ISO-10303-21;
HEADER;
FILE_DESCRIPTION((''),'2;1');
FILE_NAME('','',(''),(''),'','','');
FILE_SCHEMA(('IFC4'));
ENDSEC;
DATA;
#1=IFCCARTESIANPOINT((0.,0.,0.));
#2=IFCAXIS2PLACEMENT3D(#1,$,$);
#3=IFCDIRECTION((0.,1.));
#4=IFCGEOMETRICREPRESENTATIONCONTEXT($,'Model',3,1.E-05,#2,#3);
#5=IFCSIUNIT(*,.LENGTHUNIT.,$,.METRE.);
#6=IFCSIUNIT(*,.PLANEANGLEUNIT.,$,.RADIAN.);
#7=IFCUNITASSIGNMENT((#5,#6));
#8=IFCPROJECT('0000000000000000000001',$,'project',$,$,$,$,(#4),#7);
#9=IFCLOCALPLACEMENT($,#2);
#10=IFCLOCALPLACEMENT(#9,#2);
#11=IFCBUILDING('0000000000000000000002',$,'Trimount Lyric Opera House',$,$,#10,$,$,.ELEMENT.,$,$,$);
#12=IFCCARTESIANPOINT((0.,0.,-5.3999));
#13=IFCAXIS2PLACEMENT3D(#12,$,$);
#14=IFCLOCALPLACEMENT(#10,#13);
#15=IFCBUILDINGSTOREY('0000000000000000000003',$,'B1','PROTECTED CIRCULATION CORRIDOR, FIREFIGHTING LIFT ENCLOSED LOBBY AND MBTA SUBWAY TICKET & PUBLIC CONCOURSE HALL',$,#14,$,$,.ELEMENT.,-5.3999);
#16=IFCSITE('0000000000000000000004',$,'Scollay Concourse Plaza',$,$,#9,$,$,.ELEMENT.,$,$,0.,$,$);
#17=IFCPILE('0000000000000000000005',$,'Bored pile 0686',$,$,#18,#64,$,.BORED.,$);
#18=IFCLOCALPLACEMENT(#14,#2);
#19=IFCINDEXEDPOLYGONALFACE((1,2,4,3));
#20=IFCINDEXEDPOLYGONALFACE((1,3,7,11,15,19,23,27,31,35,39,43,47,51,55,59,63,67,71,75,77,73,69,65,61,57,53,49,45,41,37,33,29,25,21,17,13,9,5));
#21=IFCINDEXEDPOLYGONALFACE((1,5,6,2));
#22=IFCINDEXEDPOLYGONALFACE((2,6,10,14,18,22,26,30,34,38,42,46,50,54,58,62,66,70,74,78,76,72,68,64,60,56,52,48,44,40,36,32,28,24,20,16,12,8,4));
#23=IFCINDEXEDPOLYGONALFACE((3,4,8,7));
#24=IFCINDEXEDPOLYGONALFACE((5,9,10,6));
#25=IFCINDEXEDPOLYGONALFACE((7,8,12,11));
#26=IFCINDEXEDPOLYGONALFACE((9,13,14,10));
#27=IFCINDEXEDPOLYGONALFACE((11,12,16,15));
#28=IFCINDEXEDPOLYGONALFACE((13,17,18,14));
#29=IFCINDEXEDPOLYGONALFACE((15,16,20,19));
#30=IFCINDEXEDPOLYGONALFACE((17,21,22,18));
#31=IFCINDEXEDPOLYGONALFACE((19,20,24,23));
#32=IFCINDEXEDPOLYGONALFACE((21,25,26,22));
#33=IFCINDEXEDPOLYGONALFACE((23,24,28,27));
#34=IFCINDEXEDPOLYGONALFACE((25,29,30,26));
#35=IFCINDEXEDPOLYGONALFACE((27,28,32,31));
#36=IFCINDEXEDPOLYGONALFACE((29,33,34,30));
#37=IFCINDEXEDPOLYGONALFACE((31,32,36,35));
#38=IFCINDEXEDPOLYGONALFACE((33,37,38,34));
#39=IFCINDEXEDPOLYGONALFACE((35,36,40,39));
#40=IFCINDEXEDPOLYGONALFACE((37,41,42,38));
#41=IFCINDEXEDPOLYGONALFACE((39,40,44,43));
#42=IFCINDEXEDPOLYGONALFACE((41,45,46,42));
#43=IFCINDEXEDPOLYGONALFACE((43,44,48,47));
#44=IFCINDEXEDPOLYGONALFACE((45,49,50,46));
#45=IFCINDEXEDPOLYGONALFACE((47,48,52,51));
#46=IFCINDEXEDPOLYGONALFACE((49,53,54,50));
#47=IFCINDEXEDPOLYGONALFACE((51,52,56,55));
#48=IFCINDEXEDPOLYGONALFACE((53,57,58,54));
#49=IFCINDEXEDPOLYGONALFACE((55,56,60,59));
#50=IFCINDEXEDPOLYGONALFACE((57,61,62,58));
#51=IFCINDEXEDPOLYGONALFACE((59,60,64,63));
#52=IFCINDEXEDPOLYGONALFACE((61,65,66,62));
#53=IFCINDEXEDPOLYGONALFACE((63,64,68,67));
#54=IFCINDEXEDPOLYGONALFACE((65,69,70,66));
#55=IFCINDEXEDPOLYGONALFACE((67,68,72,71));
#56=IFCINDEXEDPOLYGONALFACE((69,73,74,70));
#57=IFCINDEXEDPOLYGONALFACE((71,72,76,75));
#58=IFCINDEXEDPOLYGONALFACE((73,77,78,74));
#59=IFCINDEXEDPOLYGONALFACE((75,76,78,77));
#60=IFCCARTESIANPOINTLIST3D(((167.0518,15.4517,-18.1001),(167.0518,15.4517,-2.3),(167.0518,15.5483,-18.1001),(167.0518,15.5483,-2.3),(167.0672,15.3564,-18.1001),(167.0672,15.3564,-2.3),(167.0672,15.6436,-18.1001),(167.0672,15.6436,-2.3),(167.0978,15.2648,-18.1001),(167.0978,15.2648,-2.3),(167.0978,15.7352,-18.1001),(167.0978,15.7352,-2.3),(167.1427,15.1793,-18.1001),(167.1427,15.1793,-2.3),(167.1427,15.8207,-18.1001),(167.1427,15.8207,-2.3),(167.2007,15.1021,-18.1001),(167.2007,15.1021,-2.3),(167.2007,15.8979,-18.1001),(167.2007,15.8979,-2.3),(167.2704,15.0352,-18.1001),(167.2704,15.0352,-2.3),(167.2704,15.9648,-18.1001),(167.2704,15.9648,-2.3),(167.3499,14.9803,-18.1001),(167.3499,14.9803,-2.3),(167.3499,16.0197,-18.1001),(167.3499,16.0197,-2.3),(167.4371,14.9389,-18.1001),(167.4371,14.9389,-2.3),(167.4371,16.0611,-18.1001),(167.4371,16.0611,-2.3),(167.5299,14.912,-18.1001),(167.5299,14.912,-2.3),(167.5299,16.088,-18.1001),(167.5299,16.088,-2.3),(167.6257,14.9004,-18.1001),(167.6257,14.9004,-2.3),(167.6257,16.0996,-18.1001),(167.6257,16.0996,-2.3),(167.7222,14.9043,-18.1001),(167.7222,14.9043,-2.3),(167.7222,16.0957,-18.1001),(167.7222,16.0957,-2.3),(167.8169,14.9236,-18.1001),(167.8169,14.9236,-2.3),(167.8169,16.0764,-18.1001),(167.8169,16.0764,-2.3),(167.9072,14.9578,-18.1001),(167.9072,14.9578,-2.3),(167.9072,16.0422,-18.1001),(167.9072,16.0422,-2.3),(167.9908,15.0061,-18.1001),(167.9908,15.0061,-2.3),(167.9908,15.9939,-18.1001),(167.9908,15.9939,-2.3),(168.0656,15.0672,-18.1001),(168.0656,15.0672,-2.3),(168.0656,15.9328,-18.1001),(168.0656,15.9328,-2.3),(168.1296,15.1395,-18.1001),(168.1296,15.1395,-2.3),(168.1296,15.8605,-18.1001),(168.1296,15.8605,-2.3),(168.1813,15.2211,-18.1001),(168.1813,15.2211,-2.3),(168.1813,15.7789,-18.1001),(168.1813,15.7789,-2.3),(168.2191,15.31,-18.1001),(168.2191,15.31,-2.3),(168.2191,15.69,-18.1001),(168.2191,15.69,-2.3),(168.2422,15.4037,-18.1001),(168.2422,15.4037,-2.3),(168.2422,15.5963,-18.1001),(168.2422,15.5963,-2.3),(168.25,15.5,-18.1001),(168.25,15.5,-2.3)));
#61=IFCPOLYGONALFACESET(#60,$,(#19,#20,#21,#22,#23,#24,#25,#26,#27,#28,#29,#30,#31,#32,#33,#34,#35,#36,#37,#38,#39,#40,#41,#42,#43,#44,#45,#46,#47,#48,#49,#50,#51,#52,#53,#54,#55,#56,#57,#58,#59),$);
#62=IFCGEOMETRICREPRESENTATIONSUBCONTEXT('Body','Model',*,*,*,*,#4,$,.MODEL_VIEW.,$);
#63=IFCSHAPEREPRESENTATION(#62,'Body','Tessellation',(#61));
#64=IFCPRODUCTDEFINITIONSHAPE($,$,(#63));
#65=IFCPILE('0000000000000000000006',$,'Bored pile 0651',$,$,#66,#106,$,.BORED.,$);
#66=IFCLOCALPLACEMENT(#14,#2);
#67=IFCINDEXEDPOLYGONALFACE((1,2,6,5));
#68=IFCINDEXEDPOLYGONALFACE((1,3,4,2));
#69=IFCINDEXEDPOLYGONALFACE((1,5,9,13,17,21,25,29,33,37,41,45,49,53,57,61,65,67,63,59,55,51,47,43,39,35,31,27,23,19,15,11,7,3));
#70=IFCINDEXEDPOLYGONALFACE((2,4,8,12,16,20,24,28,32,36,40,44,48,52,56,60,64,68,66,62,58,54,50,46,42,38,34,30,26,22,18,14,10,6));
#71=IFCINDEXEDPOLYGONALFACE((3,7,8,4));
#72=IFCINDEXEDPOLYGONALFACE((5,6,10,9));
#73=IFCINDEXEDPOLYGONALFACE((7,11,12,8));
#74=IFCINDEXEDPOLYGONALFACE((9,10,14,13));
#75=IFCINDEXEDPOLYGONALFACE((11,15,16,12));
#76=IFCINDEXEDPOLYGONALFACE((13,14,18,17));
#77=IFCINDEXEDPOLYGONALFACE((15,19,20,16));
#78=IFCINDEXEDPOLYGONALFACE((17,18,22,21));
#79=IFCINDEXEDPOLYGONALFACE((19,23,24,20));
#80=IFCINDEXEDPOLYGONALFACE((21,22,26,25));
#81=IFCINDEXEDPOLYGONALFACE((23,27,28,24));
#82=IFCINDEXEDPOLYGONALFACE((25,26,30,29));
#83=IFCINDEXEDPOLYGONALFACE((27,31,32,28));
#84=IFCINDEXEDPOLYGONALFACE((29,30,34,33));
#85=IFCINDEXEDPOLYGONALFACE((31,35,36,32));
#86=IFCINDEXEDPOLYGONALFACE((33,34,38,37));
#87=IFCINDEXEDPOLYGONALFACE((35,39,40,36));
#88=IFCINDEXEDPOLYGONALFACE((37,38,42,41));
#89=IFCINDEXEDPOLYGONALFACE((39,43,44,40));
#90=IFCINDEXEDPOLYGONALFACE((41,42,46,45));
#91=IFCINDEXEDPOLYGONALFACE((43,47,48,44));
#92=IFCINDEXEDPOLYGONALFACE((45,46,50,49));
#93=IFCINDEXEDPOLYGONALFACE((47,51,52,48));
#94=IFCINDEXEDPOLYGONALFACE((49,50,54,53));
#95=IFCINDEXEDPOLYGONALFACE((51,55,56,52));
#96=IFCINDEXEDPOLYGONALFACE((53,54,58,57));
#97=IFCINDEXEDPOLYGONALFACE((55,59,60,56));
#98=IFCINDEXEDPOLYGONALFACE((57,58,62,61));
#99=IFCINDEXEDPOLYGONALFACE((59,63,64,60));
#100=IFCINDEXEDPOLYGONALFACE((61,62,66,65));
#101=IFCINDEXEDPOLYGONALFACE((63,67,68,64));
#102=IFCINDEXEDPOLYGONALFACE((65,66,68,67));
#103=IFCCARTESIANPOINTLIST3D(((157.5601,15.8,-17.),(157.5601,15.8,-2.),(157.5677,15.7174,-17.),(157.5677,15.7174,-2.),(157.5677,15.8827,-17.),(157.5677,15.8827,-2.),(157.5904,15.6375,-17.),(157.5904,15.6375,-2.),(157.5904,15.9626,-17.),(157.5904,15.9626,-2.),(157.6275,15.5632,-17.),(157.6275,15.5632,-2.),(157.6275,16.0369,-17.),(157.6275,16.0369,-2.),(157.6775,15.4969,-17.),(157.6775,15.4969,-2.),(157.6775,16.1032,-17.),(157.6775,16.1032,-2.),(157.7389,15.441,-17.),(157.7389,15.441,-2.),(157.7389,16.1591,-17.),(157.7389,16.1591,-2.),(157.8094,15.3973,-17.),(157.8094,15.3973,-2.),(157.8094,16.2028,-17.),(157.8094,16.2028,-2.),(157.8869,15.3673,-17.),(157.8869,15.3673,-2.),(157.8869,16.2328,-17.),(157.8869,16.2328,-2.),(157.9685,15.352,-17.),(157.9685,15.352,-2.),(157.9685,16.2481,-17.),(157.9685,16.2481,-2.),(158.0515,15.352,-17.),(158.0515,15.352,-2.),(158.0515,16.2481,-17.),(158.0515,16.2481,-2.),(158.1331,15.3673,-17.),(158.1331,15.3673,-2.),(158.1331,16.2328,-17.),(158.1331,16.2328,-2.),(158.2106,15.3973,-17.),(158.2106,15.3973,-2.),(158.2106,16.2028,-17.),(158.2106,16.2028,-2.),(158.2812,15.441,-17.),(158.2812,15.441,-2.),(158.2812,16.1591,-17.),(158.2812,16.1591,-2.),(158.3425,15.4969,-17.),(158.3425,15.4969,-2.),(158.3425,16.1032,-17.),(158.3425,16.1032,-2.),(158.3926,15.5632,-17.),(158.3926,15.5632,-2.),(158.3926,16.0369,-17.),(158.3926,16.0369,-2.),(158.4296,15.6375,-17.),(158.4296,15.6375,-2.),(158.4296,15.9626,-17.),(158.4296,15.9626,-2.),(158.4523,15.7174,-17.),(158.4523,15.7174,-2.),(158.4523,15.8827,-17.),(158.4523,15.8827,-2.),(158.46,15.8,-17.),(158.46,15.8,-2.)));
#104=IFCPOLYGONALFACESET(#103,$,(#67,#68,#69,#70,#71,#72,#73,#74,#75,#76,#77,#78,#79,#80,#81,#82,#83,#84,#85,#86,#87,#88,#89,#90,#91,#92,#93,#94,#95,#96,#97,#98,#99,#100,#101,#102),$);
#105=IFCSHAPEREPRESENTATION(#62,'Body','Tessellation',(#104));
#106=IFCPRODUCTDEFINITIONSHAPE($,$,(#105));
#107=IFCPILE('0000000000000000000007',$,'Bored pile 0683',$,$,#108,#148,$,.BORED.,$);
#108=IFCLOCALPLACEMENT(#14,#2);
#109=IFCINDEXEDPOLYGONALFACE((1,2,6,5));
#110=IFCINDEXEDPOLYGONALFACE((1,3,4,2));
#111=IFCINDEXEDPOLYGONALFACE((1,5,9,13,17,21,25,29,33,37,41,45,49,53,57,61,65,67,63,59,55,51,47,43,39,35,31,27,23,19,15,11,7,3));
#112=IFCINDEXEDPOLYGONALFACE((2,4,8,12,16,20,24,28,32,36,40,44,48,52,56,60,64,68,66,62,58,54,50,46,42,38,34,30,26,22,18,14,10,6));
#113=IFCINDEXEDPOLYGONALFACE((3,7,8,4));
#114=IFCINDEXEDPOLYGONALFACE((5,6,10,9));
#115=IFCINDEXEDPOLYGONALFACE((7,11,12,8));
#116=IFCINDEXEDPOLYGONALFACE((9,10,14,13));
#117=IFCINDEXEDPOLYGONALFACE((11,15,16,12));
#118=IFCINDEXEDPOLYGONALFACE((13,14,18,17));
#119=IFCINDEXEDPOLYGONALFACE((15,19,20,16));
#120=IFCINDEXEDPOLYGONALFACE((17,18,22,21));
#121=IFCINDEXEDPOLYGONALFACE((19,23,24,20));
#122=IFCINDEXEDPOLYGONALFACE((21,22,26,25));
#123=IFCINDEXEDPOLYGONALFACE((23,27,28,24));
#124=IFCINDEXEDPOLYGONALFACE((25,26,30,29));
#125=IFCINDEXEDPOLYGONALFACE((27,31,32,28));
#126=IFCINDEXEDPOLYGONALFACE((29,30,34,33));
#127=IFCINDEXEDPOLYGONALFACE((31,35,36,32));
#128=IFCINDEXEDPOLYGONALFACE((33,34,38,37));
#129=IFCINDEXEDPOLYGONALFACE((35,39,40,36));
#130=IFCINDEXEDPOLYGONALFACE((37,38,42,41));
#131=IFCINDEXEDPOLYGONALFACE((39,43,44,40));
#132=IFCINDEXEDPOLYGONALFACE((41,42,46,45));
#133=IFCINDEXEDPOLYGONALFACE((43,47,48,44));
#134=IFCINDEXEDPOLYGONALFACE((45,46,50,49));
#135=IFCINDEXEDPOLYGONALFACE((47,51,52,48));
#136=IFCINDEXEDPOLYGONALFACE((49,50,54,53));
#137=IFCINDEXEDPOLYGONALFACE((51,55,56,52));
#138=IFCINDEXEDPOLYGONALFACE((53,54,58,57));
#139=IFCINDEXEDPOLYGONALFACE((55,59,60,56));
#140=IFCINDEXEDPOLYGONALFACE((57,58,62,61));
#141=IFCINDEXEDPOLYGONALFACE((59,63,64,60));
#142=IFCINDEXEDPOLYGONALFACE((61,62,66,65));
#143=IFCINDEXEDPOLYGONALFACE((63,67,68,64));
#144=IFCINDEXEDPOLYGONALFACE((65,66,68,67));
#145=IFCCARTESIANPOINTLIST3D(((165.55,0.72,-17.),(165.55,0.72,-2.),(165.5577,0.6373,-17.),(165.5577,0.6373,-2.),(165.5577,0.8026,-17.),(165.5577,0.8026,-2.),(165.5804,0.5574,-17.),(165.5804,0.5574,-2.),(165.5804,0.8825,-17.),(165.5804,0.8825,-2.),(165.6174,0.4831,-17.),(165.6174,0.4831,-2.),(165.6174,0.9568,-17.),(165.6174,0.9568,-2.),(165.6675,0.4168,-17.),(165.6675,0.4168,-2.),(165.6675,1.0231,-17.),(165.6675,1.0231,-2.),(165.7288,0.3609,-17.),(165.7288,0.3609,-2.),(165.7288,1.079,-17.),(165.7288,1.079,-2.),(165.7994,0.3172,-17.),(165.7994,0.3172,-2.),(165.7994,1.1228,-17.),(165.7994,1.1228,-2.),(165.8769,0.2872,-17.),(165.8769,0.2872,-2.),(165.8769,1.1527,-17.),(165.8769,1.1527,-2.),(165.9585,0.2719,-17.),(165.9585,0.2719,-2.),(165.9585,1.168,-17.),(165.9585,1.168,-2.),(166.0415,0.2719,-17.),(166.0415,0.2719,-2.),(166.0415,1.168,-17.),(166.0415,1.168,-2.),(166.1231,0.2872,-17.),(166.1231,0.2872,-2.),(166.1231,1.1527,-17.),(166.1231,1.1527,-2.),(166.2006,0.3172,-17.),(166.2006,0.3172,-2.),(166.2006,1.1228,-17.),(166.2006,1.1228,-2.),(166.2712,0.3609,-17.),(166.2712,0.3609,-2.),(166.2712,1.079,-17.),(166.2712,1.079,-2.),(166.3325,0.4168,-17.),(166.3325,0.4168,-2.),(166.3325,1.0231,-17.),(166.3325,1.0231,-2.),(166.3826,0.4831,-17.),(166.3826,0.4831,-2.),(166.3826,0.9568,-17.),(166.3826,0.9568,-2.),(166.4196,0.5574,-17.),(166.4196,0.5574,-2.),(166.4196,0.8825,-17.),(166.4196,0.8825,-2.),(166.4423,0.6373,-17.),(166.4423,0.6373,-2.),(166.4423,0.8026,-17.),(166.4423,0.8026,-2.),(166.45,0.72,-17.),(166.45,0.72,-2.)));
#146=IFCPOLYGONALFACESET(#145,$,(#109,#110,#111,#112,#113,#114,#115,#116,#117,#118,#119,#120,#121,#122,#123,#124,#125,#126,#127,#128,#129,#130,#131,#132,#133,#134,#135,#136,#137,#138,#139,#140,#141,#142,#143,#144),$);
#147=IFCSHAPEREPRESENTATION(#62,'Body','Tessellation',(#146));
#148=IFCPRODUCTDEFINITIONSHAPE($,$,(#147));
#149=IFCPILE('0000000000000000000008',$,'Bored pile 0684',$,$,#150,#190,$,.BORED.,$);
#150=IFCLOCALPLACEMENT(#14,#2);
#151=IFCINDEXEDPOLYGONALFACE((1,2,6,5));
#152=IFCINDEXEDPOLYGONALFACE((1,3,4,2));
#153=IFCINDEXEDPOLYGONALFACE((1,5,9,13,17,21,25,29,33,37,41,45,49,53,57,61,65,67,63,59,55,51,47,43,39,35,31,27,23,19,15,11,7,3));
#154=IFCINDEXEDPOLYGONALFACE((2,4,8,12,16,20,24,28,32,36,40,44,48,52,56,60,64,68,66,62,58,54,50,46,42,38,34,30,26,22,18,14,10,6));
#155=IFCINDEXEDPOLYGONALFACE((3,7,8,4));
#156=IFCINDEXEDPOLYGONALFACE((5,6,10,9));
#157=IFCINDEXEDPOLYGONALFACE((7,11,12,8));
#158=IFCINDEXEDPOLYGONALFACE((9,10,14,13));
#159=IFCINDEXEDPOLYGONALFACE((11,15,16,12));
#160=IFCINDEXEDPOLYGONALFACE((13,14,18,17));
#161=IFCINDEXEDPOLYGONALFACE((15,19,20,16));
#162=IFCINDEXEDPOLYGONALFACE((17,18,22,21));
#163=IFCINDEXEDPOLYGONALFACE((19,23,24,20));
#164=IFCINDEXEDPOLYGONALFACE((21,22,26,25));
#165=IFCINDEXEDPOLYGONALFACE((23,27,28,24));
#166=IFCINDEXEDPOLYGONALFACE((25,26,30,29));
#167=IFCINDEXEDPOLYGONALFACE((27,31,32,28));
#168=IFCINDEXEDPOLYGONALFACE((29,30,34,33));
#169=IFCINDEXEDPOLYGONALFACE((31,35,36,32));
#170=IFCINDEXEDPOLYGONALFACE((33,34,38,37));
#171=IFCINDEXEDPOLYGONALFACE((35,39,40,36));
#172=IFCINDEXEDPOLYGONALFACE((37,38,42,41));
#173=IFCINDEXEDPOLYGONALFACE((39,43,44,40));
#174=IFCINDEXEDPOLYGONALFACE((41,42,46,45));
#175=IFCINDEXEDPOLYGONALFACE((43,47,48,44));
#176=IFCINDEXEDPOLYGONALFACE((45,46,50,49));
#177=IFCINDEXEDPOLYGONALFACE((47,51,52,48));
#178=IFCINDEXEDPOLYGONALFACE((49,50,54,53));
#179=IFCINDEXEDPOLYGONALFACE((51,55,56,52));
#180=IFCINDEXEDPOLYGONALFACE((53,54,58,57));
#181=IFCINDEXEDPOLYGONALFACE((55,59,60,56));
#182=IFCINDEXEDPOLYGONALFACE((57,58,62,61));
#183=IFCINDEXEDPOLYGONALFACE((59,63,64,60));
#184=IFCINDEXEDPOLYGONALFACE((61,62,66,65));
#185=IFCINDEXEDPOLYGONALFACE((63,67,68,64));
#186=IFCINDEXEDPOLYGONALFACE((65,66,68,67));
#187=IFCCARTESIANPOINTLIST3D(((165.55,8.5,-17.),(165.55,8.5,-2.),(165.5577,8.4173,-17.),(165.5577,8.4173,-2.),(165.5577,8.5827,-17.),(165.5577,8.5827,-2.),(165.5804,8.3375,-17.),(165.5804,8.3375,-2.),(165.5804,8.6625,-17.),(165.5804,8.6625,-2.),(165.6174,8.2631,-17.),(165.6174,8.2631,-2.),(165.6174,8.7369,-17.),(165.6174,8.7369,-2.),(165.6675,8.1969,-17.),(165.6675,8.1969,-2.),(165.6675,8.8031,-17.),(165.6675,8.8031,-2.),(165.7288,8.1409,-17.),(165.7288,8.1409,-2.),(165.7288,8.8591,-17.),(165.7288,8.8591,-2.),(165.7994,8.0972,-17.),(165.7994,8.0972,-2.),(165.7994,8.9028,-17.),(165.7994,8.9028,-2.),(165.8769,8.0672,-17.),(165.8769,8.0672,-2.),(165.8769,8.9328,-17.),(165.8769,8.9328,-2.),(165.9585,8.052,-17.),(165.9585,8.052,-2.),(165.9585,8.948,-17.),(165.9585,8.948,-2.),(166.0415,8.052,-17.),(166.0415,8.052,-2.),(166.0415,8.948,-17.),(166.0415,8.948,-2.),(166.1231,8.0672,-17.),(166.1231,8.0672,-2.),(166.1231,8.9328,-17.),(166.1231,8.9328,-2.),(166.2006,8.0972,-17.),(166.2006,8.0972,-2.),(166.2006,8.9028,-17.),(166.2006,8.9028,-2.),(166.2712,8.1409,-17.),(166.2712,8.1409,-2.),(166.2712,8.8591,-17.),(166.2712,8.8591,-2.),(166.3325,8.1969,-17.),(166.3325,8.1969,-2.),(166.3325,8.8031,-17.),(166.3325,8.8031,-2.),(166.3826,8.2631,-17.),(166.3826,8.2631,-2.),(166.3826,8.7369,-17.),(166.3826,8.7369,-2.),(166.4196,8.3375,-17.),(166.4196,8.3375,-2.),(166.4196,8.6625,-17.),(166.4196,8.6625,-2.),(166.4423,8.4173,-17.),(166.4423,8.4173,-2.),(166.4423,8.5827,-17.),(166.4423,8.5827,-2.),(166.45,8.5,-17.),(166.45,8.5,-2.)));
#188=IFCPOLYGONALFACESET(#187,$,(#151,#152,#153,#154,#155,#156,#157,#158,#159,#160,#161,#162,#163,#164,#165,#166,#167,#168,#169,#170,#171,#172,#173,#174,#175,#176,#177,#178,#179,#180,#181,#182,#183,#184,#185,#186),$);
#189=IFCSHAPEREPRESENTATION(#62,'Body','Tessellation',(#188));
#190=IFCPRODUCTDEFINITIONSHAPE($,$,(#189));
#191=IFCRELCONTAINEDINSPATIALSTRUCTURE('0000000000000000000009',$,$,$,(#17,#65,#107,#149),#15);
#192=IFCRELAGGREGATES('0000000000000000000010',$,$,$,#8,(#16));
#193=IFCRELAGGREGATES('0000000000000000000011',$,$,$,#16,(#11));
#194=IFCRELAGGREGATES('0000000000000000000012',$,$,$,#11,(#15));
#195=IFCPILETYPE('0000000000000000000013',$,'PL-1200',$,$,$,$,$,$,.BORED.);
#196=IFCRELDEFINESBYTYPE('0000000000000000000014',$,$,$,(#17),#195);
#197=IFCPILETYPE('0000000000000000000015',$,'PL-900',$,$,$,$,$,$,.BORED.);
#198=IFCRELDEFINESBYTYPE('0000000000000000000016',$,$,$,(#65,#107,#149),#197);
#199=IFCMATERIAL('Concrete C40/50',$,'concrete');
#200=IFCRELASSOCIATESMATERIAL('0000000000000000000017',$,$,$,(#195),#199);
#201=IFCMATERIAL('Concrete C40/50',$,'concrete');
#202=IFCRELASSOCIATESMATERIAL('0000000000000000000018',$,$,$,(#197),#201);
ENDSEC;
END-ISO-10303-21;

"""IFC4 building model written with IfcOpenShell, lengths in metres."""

from ifc_helpers import new_model, si_unit, direction, frame, origin, origin_2d, place, context, subcontext, project, spatial, circle, extrude, material, material_profile, profile_set, type_object, element, save


model = new_model("IFC4")

# Units and contexts
model_context = context("Model", 3, precision=1e-05, world=origin(), true_north=direction((0.0, 1.0)))
body_context = subcontext(model_context, "Body", "Model", "MODEL_VIEW")
ifc_project = project(units=[si_unit("LENGTHUNIT", "METRE"), si_unit("PLANEANGLEUNIT", "RADIAN")], contexts=[model_context])

# Site, building, storey
site_placement = place(None, origin())
site = spatial("IfcSite", under=ifc_project, at=site_placement, Name="Scollay Concourse Plaza", CompositionType="ELEMENT", RefElevation=0.0)
building_placement = place(site_placement, origin())
building = spatial("IfcBuilding", under=site, at=building_placement, Name="Trimount Lyric Opera House", CompositionType="ELEMENT")
storey_placement = place(building_placement, frame((0.0, 0.0, -5.3999)))
storey = spatial("IfcBuildingStorey", under=building, at=storey_placement, Name="B1", Description="PROTECTED CIRCULATION CORRIDOR, FIREFIGHTING LIFT ENCLOSED LOBBY AND MBTA SUBWAY TICKET & PUBLIC CONCOURSE HALL", CompositionType="ELEMENT", Elevation=-5.3999)

# Piles
ifc_material_1 = material(Name="Concrete C40/50", Category="concrete")
ifc_material_profile_1 = material_profile(ifc_material_1, circle(Radius=0.6001, at=origin_2d()), Name="PILE-D1200")
ifc_profile_set_1 = profile_set([ifc_material_profile_1], Name="Concrete C40/50")
pile_type_1 = type_object("IfcPileType", Name="PL-1200", PredefinedType="BORED", material=ifc_profile_set_1)
for number, where, z_axis, x_axis, name in (
    (1, (167.6499, 15.5, -2.3), (0.0, 0.0, -1.0), (1.0, 0.0, 0.0), "Bored pile 0686"),
):
    element("IfcPile", number, at=place(storey_placement, frame(where, z_axis=z_axis, x_axis=x_axis)), inside=storey, type_object=pile_type_1, Name=name, PredefinedType="BORED", context=body_context, shape_type="SweptSolid", body=[
        extrude(circle(Radius=0.6001, at=origin_2d()), origin(), (0.0, 0.0, 1.0), 15.8),
    ])
ifc_material_2 = material(Name="Concrete C40/50", Category="concrete")
ifc_material_profile_2 = material_profile(ifc_material_2, circle(Radius=0.45, at=origin_2d()), Name="PILE-D900")
ifc_profile_set_2 = profile_set([ifc_material_profile_2], Name="Concrete C40/50")
pile_type_2 = type_object("IfcPileType", Name="PL-900", PredefinedType="BORED", material=ifc_profile_set_2)
for number, where, z_axis, x_axis, name in (
    (2, (158.01, 15.8, -2.0), (0.0, 0.0, -1.0), (1.0, 0.0, 0.0), "Bored pile 0651"),
    (3, (166.0, 0.72, -2.0), (0.0, 0.0, -1.0), (1.0, 0.0, 0.0), "Bored pile 0683"),
    (4, (166.0, 8.5, -2.0), (0.0, 0.0, -1.0), (1.0, 0.0, 0.0), "Bored pile 0684"),
):
    element("IfcPile", number, at=place(storey_placement, frame(where, z_axis=z_axis, x_axis=x_axis)), inside=storey, type_object=pile_type_2, Name=name, PredefinedType="BORED", context=body_context, shape_type="SweptSolid", body=[
        extrude(circle(Radius=0.45, at=origin_2d()), origin(), (0.0, 0.0, 1.0), 15.0),
    ])

save(model, "model.ifc")
